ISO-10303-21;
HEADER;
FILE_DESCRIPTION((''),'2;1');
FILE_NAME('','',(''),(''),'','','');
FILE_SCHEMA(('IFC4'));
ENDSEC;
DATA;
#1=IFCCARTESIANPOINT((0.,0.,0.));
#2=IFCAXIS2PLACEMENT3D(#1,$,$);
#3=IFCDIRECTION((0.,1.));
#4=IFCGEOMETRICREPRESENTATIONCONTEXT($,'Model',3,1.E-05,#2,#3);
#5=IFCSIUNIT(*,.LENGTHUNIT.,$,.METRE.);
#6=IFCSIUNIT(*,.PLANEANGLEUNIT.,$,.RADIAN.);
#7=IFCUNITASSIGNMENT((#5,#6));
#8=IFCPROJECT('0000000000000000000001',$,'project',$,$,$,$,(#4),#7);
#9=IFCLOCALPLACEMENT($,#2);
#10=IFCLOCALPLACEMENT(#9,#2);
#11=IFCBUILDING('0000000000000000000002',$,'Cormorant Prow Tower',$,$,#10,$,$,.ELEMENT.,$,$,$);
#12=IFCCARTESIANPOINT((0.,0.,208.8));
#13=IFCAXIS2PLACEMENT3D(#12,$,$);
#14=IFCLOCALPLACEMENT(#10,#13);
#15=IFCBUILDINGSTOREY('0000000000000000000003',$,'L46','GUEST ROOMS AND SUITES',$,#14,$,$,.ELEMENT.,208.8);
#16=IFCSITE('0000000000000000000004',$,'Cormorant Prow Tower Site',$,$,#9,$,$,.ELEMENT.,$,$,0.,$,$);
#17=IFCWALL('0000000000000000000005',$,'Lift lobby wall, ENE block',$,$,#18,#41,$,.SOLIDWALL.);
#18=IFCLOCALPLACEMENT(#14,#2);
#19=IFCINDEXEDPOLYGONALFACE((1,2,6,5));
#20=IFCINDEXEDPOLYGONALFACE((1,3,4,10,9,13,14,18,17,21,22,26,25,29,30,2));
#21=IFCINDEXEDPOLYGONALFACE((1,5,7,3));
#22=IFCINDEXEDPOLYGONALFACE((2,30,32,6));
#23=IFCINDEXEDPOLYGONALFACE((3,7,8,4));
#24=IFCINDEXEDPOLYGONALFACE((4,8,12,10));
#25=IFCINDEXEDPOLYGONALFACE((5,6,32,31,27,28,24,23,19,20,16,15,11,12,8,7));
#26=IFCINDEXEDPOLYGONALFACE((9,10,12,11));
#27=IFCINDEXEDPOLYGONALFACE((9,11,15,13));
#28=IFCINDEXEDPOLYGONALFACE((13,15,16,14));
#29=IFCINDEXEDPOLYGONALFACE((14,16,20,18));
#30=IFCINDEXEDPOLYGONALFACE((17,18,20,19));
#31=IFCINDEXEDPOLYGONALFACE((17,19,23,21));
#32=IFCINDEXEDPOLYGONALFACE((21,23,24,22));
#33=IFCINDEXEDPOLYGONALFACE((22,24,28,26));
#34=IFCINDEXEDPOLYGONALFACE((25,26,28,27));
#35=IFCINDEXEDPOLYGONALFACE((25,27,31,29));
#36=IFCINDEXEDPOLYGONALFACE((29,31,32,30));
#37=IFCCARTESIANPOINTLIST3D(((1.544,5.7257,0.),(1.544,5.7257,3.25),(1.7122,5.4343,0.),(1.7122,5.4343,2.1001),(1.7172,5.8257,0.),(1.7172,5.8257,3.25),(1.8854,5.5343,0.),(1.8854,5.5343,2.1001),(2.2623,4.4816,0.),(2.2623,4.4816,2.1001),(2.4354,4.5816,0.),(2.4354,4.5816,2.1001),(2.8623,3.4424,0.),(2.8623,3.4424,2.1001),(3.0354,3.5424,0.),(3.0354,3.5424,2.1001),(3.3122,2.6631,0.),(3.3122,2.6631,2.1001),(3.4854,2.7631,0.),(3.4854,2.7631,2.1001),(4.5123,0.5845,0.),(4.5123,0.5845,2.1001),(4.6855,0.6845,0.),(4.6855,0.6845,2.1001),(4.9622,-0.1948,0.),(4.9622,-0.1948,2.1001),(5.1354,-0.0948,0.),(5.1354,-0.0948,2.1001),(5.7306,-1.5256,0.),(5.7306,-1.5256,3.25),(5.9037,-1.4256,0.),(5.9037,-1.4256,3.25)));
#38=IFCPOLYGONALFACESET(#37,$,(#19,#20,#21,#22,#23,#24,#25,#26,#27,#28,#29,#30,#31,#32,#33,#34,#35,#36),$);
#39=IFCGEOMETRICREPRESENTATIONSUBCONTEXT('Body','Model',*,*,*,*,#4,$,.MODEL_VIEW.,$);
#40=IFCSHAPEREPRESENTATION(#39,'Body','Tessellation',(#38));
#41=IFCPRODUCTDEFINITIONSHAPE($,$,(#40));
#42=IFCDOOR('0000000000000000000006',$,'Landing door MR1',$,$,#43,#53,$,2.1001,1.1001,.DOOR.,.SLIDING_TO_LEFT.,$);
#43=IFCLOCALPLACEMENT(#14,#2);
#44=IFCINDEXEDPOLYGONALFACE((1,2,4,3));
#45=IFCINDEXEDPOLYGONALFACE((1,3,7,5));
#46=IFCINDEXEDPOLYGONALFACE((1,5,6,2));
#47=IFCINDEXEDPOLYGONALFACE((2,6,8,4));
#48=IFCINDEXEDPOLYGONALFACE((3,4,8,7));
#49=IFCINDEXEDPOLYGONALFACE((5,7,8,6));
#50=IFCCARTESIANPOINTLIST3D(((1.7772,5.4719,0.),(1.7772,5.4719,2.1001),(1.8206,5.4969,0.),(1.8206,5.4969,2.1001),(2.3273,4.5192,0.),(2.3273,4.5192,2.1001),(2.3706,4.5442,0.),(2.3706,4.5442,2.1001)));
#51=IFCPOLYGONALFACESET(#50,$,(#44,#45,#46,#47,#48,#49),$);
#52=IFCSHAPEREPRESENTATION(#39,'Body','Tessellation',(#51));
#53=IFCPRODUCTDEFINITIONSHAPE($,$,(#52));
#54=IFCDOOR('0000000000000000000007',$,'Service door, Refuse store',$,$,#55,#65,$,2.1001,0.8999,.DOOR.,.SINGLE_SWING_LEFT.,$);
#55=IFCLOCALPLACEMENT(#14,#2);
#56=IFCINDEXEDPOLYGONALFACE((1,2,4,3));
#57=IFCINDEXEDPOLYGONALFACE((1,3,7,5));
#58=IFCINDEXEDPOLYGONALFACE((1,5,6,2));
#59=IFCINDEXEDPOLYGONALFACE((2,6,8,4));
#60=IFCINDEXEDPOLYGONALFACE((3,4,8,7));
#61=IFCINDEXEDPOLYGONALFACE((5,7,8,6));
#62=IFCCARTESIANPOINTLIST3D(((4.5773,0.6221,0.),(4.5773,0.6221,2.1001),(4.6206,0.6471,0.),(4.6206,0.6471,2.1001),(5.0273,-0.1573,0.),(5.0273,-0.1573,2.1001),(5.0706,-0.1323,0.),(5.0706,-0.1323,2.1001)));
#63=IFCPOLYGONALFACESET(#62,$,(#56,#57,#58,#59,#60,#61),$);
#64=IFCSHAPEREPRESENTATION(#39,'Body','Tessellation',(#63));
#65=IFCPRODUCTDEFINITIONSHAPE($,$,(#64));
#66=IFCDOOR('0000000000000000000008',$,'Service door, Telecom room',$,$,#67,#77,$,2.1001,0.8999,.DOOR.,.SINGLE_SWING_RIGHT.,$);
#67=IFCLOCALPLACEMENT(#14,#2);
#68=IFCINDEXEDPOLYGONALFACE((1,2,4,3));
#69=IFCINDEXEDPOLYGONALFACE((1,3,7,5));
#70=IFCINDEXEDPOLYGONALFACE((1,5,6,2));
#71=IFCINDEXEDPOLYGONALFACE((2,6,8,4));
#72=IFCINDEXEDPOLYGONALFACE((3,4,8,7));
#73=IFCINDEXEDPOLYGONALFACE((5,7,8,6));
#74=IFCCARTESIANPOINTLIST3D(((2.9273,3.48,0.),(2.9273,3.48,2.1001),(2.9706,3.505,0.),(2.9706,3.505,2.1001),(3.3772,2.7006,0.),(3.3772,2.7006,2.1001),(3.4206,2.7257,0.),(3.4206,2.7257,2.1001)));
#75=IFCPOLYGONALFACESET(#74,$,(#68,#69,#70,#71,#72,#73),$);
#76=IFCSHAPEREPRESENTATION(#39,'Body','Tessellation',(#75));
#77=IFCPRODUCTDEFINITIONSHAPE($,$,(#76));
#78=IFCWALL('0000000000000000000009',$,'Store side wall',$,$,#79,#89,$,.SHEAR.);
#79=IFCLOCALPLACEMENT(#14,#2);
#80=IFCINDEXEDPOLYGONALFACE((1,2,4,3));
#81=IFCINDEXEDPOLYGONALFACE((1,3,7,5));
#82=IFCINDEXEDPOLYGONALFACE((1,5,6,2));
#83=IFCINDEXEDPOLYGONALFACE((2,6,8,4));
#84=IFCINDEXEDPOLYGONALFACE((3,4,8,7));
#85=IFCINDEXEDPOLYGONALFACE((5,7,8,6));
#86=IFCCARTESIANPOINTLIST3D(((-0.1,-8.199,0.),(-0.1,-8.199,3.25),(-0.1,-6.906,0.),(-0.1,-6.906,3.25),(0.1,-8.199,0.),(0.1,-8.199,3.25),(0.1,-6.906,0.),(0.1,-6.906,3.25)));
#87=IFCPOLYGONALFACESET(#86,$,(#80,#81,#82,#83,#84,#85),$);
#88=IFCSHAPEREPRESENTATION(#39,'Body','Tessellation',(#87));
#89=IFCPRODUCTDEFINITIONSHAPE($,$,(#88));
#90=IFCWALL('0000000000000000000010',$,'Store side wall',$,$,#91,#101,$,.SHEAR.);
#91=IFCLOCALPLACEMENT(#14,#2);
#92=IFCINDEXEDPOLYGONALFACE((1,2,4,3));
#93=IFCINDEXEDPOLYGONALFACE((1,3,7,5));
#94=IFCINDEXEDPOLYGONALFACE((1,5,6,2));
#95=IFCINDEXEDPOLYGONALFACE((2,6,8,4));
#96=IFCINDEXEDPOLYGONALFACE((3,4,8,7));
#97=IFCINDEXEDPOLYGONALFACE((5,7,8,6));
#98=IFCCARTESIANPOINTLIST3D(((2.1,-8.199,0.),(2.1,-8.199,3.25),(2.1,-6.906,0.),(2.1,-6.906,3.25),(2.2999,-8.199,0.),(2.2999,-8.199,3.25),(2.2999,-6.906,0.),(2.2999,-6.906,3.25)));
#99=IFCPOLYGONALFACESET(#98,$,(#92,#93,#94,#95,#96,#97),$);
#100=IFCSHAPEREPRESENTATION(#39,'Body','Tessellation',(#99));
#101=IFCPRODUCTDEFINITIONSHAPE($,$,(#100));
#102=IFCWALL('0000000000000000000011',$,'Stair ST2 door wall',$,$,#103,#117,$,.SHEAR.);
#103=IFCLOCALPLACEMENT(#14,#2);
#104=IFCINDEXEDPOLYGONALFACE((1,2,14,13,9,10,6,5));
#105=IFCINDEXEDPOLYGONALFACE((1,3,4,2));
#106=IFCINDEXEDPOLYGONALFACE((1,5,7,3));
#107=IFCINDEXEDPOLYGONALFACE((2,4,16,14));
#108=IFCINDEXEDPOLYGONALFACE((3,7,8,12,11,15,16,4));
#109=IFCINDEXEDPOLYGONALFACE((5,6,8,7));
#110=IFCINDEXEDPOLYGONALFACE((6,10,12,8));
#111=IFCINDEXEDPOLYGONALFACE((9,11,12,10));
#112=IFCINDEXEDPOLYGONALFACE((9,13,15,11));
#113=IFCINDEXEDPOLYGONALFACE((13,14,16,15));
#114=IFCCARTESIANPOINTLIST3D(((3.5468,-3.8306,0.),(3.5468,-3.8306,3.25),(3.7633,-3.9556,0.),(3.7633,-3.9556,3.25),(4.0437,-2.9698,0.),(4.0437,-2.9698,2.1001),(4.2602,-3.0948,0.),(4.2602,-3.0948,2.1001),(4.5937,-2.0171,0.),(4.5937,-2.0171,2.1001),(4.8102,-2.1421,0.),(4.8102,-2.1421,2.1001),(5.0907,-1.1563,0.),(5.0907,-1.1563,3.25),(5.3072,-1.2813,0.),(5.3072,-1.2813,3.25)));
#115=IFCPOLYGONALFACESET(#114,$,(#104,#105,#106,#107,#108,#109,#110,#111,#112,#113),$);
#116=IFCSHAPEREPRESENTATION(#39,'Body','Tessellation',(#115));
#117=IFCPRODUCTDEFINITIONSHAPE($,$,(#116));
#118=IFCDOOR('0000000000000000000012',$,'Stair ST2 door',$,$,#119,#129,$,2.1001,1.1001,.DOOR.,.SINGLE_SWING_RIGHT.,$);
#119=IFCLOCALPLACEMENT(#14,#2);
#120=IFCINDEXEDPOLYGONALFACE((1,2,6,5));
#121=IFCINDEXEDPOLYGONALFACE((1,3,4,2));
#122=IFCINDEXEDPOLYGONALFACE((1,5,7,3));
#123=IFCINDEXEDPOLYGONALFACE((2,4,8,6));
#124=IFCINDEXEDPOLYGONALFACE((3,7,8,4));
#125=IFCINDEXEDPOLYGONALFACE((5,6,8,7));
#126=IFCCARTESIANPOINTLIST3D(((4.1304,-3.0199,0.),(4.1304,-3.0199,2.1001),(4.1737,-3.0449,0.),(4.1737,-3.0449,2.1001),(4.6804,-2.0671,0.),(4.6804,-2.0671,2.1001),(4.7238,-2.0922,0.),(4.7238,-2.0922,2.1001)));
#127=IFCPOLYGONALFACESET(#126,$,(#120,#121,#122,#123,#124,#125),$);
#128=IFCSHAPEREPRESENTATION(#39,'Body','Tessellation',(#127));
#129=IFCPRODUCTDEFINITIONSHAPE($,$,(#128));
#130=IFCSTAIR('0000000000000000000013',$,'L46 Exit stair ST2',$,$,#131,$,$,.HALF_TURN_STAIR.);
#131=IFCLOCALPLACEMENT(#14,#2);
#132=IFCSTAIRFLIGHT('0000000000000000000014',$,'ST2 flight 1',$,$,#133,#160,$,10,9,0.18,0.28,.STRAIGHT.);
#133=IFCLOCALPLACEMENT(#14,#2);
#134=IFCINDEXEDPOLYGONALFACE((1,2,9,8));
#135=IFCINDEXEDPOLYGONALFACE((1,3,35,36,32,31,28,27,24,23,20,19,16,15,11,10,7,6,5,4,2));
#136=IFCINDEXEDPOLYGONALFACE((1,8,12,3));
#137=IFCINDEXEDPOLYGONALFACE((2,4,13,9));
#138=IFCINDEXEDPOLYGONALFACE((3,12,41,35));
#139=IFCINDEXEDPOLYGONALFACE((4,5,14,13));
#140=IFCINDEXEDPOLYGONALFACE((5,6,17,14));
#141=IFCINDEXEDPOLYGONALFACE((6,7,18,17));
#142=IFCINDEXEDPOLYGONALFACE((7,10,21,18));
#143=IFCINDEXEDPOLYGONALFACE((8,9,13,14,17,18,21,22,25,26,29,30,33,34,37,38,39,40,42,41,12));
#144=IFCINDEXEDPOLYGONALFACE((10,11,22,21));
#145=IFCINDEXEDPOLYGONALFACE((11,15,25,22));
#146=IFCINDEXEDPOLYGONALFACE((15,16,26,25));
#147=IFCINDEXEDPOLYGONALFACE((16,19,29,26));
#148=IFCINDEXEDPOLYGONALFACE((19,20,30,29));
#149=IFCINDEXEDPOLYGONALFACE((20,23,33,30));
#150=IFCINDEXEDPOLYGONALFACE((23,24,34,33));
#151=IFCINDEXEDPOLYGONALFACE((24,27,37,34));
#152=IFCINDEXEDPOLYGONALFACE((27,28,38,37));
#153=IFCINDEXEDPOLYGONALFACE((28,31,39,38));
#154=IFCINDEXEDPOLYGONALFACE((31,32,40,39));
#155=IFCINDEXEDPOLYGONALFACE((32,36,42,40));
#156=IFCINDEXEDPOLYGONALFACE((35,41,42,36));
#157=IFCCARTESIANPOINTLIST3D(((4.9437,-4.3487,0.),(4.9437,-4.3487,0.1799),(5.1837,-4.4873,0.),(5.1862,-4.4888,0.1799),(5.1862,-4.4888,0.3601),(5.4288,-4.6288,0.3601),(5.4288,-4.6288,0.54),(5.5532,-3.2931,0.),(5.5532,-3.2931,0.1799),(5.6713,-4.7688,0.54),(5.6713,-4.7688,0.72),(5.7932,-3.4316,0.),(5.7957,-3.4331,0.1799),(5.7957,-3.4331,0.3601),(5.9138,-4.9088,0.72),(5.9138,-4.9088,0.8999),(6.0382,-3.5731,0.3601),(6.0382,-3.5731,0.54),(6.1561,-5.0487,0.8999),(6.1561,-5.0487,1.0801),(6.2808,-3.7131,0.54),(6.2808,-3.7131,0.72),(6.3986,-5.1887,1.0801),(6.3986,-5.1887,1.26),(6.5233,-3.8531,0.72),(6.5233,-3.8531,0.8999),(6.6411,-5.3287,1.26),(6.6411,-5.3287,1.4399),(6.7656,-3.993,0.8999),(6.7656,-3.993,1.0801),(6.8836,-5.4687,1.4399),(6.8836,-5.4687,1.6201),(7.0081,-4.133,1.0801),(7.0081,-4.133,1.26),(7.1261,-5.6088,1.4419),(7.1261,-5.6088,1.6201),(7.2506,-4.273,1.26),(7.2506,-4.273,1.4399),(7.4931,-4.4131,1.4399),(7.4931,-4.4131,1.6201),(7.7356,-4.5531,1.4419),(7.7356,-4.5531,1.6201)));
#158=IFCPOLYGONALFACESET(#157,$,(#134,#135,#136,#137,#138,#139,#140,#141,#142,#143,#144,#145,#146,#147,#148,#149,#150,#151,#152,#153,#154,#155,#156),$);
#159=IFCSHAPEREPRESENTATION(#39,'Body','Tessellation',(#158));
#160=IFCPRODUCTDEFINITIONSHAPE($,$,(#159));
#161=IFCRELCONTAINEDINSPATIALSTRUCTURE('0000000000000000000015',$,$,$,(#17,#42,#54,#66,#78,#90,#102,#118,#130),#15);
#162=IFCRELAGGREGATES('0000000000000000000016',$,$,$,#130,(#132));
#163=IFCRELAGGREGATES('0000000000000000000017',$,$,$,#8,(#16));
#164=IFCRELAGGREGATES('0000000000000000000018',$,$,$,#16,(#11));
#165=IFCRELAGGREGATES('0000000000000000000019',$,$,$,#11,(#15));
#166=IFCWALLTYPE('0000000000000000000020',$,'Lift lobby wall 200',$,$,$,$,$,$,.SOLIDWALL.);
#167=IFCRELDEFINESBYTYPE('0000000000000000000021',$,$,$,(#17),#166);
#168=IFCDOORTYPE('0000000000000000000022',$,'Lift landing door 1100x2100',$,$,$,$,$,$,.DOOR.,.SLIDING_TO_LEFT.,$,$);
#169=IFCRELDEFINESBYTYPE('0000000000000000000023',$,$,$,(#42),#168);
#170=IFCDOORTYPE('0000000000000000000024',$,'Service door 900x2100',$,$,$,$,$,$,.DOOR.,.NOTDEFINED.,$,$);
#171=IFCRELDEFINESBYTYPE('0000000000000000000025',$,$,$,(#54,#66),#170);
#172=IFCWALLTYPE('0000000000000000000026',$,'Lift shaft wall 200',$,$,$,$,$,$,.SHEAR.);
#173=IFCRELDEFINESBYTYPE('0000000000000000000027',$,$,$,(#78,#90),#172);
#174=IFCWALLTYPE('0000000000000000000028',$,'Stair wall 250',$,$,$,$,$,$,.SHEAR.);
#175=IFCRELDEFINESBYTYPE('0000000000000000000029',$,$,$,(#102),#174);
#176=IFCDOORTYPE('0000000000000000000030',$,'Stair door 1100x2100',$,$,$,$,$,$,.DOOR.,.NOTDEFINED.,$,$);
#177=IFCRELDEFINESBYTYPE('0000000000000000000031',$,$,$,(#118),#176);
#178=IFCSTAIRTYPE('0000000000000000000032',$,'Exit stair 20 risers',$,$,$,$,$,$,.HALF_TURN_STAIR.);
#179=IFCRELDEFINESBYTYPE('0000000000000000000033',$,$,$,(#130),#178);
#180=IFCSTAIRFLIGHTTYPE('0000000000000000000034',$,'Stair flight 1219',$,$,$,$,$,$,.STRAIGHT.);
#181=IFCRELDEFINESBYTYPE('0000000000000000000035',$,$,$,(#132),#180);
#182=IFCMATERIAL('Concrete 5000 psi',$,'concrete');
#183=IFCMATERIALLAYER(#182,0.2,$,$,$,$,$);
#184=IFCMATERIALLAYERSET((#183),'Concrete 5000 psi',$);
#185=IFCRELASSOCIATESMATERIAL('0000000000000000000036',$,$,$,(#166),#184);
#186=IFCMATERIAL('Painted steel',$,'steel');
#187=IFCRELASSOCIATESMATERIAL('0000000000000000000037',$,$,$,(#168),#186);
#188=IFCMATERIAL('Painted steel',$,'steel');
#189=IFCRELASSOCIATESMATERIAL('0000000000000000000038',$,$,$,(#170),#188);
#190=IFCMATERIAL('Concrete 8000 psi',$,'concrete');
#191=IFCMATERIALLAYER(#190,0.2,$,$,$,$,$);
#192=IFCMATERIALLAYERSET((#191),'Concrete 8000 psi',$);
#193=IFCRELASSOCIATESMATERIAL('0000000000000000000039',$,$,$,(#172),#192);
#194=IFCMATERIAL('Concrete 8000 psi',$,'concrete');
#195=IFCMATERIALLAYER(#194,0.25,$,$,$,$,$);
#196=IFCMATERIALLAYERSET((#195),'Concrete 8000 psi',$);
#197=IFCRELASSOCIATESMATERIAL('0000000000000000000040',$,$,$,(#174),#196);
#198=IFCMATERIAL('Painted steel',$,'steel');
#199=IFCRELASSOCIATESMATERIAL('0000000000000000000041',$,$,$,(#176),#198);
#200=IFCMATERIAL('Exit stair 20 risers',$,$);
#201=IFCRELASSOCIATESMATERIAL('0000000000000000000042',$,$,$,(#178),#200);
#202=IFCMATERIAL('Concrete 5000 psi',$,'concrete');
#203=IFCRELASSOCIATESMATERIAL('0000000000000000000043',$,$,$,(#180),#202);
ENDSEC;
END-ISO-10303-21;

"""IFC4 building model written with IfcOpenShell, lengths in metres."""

from ifc_helpers import new_model, si_unit, direction, frame, frame_2d, origin, place, context, subcontext, project, spatial, polyline, rectangle, outline, extrude, material, layer, layer_set, type_object, element, fill, aggregate, save


model = new_model("IFC4")

# Units and contexts
model_context = context("Model", 3, precision=1e-05, world=origin(), true_north=direction((0.0, 1.0)))
body_context = subcontext(model_context, "Body", "Model", "MODEL_VIEW")
ifc_project = project(units=[si_unit("LENGTHUNIT", "METRE"), si_unit("PLANEANGLEUNIT", "RADIAN")], contexts=[model_context])

# Site, building, storey
site_placement = place(None, origin())
site = spatial("IfcSite", under=ifc_project, at=site_placement, Name="Cormorant Prow Tower Site", CompositionType="ELEMENT", RefElevation=0.0)
building_placement = place(site_placement, origin())
building = spatial("IfcBuilding", under=site, at=building_placement, Name="Cormorant Prow Tower", CompositionType="ELEMENT")
storey_placement = place(building_placement, frame((0.0, 0.0, 208.8)))
storey = spatial("IfcBuildingStorey", under=building, at=storey_placement, Name="L46", Description="GUEST ROOMS AND SUITES", CompositionType="ELEMENT", Elevation=208.8)

# Wall, openings, doors
ifc_material_1 = material(Name="Concrete 5000 psi", Category="concrete")
ifc_layer_1 = layer(ifc_material_1, 0.2)
ifc_layer_set_1 = layer_set([ifc_layer_1], Name="Concrete 5000 psi")
wall_type_1 = type_object("IfcWallType", Name="Lift lobby wall 200", PredefinedType="SOLIDWALL", material=ifc_layer_set_1)
wall_1_placement = place(storey_placement, frame((5.8171, -1.4756, 0.0), z_axis=(0.0, 0.0, 1.0), x_axis=(-0.500003, 0.866024, 0.0)))
wall_1 = element("IfcWall", 1, at=wall_1_placement, inside=storey, type_object=wall_type_1, Name="Lift lobby wall, ENE block", PredefinedType="SOLIDWALL", context=body_context, shape_type="SweptSolid", body=[
    extrude(rectangle(XDim=8.373, YDim=0.2, at=frame_2d((4.1865, 0.0))), origin(), (0.0, 0.0, 1.0), 3.25),
])
opening_1_placement = place(wall_1_placement, frame((1.5366, 0.0, 0.0)))
opening_1 = element("IfcOpeningElement", 2, at=opening_1_placement, cuts=wall_1, PredefinedType="OPENING", context=body_context, shape_type="SweptSolid", body=[
    extrude(rectangle(XDim=0.8999, YDim=2.1001, at=frame_2d((0.45, 1.05))), frame((0.0, 0.1099, 0.0), z_axis=(0.0, -1.0, 0.0), x_axis=(1.0, 0.0, 0.0)), (0.0, 0.0, 1.0), 0.22),
])
opening_2_placement = place(wall_1_placement, frame((4.8367, 0.0, 0.0)))
opening_2 = element("IfcOpeningElement", 3, at=opening_2_placement, cuts=wall_1, PredefinedType="OPENING", context=body_context, shape_type="SweptSolid", body=[
    extrude(rectangle(XDim=0.8999, YDim=2.1001, at=frame_2d((0.45, 1.05))), frame((0.0, 0.1099, 0.0), z_axis=(0.0, -1.0, 0.0), x_axis=(1.0, 0.0, 0.0)), (0.0, 0.0, 1.0), 0.22),
])
opening_3_placement = place(wall_1_placement, frame((6.9365, 0.0, 0.0)))
opening_3 = element("IfcOpeningElement", 4, at=opening_3_placement, cuts=wall_1, PredefinedType="OPENING", context=body_context, shape_type="SweptSolid", body=[
    extrude(rectangle(XDim=1.1001, YDim=2.1001, at=frame_2d((0.55, 1.05))), frame((0.0, 0.1099, 0.0), z_axis=(0.0, -1.0, 0.0), x_axis=(1.0, 0.0, 0.0)), (0.0, 0.0, 1.0), 0.22),
])
ifc_material_2 = material(Name="Painted steel", Category="steel")
door_type_1 = type_object("IfcDoorType", Name="Lift landing door 1100x2100", OperationType="SLIDING_TO_LEFT", PredefinedType="DOOR", material=ifc_material_2)
door_1_placement = place(opening_3_placement, origin())
door_1 = element("IfcDoor", 5, at=door_1_placement, inside=storey, type_object=door_type_1, Name="Landing door MR1", OperationType="SLIDING_TO_LEFT", OverallHeight=2.1001, OverallWidth=1.1001, PredefinedType="DOOR", context=body_context, shape_type="SweptSolid", body=[
    extrude(rectangle(XDim=1.1001, YDim=2.1001, at=frame_2d((0.55, 1.05))), frame((0.0, 0.0249, 0.0), z_axis=(0.0, -1.0, 0.0), x_axis=(1.0, 0.0, 0.0)), (0.0, 0.0, 1.0), 0.05),
])
fill(opening_3, door_1)
ifc_material_3 = material(Name="Painted steel", Category="steel")
door_type_2 = type_object("IfcDoorType", Name="Service door 900x2100", OperationType="NOTDEFINED", PredefinedType="DOOR", material=ifc_material_3)
door_2_placement = place(opening_1_placement, origin())
door_2 = element("IfcDoor", 6, at=door_2_placement, inside=storey, type_object=door_type_2, Name="Service door, Refuse store", OperationType="SINGLE_SWING_LEFT", OverallHeight=2.1001, OverallWidth=0.8999, PredefinedType="DOOR", context=body_context, shape_type="SweptSolid", body=[
    extrude(rectangle(XDim=0.8999, YDim=2.1001, at=frame_2d((0.45, 1.05))), frame((0.0, 0.0249, 0.0), z_axis=(0.0, -1.0, 0.0), x_axis=(1.0, 0.0, 0.0)), (0.0, 0.0, 1.0), 0.05),
])
fill(opening_1, door_2)
door_3_placement = place(opening_2_placement, origin())
door_3 = element("IfcDoor", 7, at=door_3_placement, inside=storey, type_object=door_type_2, Name="Service door, Telecom room", OperationType="SINGLE_SWING_RIGHT", OverallHeight=2.1001, OverallWidth=0.8999, PredefinedType="DOOR", context=body_context, shape_type="SweptSolid", body=[
    extrude(rectangle(XDim=0.8999, YDim=2.1001, at=frame_2d((0.45, 1.05))), frame((0.0, 0.0249, 0.0), z_axis=(0.0, -1.0, 0.0), x_axis=(1.0, 0.0, 0.0)), (0.0, 0.0, 1.0), 0.05),
])
fill(opening_2, door_3)

# Walls
ifc_material_4 = material(Name="Concrete 8000 psi", Category="concrete")
ifc_layer_2 = layer(ifc_material_4, 0.2)
ifc_layer_set_2 = layer_set([ifc_layer_2], Name="Concrete 8000 psi")
wall_type_2 = type_object("IfcWallType", Name="Lift shaft wall 200", PredefinedType="SHEAR", material=ifc_layer_set_2)
for number, where, z_axis, x_axis, name in (
    (8, (0.0, -6.906, 0.0), (0.0, 0.0, 1.0), (0.0, -1.0, 0.0), "Store side wall"),
    (9, (2.2, -6.906, 0.0), (0.0, 0.0, 1.0), (0.0, -1.0, 0.0), "Store side wall"),
):
    element("IfcWall", number, at=place(storey_placement, frame(where, z_axis=z_axis, x_axis=x_axis)), inside=storey, type_object=wall_type_2, Name=name, PredefinedType="SHEAR", context=body_context, shape_type="SweptSolid", body=[
        extrude(rectangle(XDim=1.293, YDim=0.2, at=frame_2d((0.6465, 0.0))), origin(), (0.0, 0.0, 1.0), 3.25),
    ])

# Wall, opening, door
ifc_material_5 = material(Name="Concrete 8000 psi", Category="concrete")
ifc_layer_3 = layer(ifc_material_5, 0.25)
ifc_layer_set_3 = layer_set([ifc_layer_3], Name="Concrete 8000 psi")
wall_type_3 = type_object("IfcWallType", Name="Stair wall 250", PredefinedType="SHEAR", material=ifc_layer_set_3)
wall_2_placement = place(storey_placement, frame((3.655, -3.8931, 0.0), z_axis=(0.0, 0.0, 1.0), x_axis=(0.499983, 0.866035, 0.0)))
wall_2 = element("IfcWall", 10, at=wall_2_placement, inside=storey, type_object=wall_type_3, Name="Stair ST2 door wall", PredefinedType="SHEAR", context=body_context, shape_type="SweptSolid", body=[
    extrude(rectangle(XDim=3.0879, YDim=0.25, at=frame_2d((1.5439, 0.0))), origin(), (0.0, 0.0, 1.0), 3.25),
])
opening_4_placement = place(wall_2_placement, frame((0.9939, 0.0, 0.0)))
opening_4 = element("IfcOpeningElement", 11, at=opening_4_placement, cuts=wall_2, PredefinedType="OPENING", context=body_context, shape_type="SweptSolid", body=[
    extrude(rectangle(XDim=1.1001, YDim=2.1001, at=frame_2d((0.55, 1.05))), frame((0.0, 0.135, 0.0), z_axis=(0.0, -1.0, 0.0), x_axis=(1.0, 0.0, 0.0)), (0.0, 0.0, 1.0), 0.27),
])
ifc_material_6 = material(Name="Painted steel", Category="steel")
door_type_3 = type_object("IfcDoorType", Name="Stair door 1100x2100", OperationType="NOTDEFINED", PredefinedType="DOOR", material=ifc_material_6)
door_4_placement = place(opening_4_placement, origin())
door_4 = element("IfcDoor", 12, at=door_4_placement, inside=storey, type_object=door_type_3, Name="Stair ST2 door", OperationType="SINGLE_SWING_RIGHT", OverallHeight=2.1001, OverallWidth=1.1001, PredefinedType="DOOR", context=body_context, shape_type="SweptSolid", body=[
    extrude(rectangle(XDim=1.1001, YDim=2.1001, at=frame_2d((0.55, 1.05))), frame((0.0, 0.0249, 0.0), z_axis=(0.0, -1.0, 0.0), x_axis=(1.0, 0.0, 0.0)), (0.0, 0.0, 1.0), 0.05),
])
fill(opening_4, door_4)

# Stair, stair flight
ifc_material_7 = material(Name="Exit stair 20 risers")
stair_type = type_object("IfcStairType", Name="Exit stair 20 risers", PredefinedType="HALF_TURN_STAIR", material=ifc_material_7)
stair_placement = place(storey_placement, origin())
stair = element("IfcStair", 13, at=stair_placement, inside=storey, type_object=stair_type, Name="L46 Exit stair ST2", PredefinedType="HALF_TURN_STAIR")
ifc_material_8 = material(Name="Concrete 5000 psi", Category="concrete")
stair_flight_type = type_object("IfcStairFlightType", Name="Stair flight 1219", PredefinedType="STRAIGHT", material=ifc_material_8)
stair_flight_1_placement = place(storey_placement, frame((5.2485, -3.8208, 0.0), z_axis=(0.0, 0.0, 1.0), x_axis=(0.866025, -0.5, 0.0)))
stair_flight_1 = element("IfcStairFlight", 14, at=stair_flight_1_placement, type_object=stair_flight_type, Name="ST2 flight 1", NumberOfRisers=10, NumberOfTreads=9, PredefinedType="STRAIGHT", RiserHeight=0.18, TreadLength=0.28, context=body_context, shape_type="SweptSolid", body=[
    extrude(outline(polyline([(0.0, 0.0), (0.0, 0.1799), (0.28, 0.1799), (0.28, 0.3601), (0.5601, 0.3601), (0.5601, 0.54), (0.8401, 0.54), (0.8401, 0.72), (1.1201, 0.72), (1.1201, 0.8999), (1.3999, 0.8999), (1.3999, 1.0801), (1.6799, 1.0801), (1.6799, 1.26), (1.96, 1.26), (1.96, 1.4399), (2.24, 1.4399), (2.24, 1.6201), (2.52, 1.6201), (2.52, 1.8), (2.52, 1.4419), (0.2771, 0.0), (0.0, 0.0)])), frame((0.0, 0.6094, 0.0), z_axis=(0.0, -1.0, 0.0), x_axis=(1.0, 0.0, 0.0)), (0.0, 0.0, 1.0), 1.219),
])
aggregate(stair, [stair_flight_1])

save(model, "model.ifc")
